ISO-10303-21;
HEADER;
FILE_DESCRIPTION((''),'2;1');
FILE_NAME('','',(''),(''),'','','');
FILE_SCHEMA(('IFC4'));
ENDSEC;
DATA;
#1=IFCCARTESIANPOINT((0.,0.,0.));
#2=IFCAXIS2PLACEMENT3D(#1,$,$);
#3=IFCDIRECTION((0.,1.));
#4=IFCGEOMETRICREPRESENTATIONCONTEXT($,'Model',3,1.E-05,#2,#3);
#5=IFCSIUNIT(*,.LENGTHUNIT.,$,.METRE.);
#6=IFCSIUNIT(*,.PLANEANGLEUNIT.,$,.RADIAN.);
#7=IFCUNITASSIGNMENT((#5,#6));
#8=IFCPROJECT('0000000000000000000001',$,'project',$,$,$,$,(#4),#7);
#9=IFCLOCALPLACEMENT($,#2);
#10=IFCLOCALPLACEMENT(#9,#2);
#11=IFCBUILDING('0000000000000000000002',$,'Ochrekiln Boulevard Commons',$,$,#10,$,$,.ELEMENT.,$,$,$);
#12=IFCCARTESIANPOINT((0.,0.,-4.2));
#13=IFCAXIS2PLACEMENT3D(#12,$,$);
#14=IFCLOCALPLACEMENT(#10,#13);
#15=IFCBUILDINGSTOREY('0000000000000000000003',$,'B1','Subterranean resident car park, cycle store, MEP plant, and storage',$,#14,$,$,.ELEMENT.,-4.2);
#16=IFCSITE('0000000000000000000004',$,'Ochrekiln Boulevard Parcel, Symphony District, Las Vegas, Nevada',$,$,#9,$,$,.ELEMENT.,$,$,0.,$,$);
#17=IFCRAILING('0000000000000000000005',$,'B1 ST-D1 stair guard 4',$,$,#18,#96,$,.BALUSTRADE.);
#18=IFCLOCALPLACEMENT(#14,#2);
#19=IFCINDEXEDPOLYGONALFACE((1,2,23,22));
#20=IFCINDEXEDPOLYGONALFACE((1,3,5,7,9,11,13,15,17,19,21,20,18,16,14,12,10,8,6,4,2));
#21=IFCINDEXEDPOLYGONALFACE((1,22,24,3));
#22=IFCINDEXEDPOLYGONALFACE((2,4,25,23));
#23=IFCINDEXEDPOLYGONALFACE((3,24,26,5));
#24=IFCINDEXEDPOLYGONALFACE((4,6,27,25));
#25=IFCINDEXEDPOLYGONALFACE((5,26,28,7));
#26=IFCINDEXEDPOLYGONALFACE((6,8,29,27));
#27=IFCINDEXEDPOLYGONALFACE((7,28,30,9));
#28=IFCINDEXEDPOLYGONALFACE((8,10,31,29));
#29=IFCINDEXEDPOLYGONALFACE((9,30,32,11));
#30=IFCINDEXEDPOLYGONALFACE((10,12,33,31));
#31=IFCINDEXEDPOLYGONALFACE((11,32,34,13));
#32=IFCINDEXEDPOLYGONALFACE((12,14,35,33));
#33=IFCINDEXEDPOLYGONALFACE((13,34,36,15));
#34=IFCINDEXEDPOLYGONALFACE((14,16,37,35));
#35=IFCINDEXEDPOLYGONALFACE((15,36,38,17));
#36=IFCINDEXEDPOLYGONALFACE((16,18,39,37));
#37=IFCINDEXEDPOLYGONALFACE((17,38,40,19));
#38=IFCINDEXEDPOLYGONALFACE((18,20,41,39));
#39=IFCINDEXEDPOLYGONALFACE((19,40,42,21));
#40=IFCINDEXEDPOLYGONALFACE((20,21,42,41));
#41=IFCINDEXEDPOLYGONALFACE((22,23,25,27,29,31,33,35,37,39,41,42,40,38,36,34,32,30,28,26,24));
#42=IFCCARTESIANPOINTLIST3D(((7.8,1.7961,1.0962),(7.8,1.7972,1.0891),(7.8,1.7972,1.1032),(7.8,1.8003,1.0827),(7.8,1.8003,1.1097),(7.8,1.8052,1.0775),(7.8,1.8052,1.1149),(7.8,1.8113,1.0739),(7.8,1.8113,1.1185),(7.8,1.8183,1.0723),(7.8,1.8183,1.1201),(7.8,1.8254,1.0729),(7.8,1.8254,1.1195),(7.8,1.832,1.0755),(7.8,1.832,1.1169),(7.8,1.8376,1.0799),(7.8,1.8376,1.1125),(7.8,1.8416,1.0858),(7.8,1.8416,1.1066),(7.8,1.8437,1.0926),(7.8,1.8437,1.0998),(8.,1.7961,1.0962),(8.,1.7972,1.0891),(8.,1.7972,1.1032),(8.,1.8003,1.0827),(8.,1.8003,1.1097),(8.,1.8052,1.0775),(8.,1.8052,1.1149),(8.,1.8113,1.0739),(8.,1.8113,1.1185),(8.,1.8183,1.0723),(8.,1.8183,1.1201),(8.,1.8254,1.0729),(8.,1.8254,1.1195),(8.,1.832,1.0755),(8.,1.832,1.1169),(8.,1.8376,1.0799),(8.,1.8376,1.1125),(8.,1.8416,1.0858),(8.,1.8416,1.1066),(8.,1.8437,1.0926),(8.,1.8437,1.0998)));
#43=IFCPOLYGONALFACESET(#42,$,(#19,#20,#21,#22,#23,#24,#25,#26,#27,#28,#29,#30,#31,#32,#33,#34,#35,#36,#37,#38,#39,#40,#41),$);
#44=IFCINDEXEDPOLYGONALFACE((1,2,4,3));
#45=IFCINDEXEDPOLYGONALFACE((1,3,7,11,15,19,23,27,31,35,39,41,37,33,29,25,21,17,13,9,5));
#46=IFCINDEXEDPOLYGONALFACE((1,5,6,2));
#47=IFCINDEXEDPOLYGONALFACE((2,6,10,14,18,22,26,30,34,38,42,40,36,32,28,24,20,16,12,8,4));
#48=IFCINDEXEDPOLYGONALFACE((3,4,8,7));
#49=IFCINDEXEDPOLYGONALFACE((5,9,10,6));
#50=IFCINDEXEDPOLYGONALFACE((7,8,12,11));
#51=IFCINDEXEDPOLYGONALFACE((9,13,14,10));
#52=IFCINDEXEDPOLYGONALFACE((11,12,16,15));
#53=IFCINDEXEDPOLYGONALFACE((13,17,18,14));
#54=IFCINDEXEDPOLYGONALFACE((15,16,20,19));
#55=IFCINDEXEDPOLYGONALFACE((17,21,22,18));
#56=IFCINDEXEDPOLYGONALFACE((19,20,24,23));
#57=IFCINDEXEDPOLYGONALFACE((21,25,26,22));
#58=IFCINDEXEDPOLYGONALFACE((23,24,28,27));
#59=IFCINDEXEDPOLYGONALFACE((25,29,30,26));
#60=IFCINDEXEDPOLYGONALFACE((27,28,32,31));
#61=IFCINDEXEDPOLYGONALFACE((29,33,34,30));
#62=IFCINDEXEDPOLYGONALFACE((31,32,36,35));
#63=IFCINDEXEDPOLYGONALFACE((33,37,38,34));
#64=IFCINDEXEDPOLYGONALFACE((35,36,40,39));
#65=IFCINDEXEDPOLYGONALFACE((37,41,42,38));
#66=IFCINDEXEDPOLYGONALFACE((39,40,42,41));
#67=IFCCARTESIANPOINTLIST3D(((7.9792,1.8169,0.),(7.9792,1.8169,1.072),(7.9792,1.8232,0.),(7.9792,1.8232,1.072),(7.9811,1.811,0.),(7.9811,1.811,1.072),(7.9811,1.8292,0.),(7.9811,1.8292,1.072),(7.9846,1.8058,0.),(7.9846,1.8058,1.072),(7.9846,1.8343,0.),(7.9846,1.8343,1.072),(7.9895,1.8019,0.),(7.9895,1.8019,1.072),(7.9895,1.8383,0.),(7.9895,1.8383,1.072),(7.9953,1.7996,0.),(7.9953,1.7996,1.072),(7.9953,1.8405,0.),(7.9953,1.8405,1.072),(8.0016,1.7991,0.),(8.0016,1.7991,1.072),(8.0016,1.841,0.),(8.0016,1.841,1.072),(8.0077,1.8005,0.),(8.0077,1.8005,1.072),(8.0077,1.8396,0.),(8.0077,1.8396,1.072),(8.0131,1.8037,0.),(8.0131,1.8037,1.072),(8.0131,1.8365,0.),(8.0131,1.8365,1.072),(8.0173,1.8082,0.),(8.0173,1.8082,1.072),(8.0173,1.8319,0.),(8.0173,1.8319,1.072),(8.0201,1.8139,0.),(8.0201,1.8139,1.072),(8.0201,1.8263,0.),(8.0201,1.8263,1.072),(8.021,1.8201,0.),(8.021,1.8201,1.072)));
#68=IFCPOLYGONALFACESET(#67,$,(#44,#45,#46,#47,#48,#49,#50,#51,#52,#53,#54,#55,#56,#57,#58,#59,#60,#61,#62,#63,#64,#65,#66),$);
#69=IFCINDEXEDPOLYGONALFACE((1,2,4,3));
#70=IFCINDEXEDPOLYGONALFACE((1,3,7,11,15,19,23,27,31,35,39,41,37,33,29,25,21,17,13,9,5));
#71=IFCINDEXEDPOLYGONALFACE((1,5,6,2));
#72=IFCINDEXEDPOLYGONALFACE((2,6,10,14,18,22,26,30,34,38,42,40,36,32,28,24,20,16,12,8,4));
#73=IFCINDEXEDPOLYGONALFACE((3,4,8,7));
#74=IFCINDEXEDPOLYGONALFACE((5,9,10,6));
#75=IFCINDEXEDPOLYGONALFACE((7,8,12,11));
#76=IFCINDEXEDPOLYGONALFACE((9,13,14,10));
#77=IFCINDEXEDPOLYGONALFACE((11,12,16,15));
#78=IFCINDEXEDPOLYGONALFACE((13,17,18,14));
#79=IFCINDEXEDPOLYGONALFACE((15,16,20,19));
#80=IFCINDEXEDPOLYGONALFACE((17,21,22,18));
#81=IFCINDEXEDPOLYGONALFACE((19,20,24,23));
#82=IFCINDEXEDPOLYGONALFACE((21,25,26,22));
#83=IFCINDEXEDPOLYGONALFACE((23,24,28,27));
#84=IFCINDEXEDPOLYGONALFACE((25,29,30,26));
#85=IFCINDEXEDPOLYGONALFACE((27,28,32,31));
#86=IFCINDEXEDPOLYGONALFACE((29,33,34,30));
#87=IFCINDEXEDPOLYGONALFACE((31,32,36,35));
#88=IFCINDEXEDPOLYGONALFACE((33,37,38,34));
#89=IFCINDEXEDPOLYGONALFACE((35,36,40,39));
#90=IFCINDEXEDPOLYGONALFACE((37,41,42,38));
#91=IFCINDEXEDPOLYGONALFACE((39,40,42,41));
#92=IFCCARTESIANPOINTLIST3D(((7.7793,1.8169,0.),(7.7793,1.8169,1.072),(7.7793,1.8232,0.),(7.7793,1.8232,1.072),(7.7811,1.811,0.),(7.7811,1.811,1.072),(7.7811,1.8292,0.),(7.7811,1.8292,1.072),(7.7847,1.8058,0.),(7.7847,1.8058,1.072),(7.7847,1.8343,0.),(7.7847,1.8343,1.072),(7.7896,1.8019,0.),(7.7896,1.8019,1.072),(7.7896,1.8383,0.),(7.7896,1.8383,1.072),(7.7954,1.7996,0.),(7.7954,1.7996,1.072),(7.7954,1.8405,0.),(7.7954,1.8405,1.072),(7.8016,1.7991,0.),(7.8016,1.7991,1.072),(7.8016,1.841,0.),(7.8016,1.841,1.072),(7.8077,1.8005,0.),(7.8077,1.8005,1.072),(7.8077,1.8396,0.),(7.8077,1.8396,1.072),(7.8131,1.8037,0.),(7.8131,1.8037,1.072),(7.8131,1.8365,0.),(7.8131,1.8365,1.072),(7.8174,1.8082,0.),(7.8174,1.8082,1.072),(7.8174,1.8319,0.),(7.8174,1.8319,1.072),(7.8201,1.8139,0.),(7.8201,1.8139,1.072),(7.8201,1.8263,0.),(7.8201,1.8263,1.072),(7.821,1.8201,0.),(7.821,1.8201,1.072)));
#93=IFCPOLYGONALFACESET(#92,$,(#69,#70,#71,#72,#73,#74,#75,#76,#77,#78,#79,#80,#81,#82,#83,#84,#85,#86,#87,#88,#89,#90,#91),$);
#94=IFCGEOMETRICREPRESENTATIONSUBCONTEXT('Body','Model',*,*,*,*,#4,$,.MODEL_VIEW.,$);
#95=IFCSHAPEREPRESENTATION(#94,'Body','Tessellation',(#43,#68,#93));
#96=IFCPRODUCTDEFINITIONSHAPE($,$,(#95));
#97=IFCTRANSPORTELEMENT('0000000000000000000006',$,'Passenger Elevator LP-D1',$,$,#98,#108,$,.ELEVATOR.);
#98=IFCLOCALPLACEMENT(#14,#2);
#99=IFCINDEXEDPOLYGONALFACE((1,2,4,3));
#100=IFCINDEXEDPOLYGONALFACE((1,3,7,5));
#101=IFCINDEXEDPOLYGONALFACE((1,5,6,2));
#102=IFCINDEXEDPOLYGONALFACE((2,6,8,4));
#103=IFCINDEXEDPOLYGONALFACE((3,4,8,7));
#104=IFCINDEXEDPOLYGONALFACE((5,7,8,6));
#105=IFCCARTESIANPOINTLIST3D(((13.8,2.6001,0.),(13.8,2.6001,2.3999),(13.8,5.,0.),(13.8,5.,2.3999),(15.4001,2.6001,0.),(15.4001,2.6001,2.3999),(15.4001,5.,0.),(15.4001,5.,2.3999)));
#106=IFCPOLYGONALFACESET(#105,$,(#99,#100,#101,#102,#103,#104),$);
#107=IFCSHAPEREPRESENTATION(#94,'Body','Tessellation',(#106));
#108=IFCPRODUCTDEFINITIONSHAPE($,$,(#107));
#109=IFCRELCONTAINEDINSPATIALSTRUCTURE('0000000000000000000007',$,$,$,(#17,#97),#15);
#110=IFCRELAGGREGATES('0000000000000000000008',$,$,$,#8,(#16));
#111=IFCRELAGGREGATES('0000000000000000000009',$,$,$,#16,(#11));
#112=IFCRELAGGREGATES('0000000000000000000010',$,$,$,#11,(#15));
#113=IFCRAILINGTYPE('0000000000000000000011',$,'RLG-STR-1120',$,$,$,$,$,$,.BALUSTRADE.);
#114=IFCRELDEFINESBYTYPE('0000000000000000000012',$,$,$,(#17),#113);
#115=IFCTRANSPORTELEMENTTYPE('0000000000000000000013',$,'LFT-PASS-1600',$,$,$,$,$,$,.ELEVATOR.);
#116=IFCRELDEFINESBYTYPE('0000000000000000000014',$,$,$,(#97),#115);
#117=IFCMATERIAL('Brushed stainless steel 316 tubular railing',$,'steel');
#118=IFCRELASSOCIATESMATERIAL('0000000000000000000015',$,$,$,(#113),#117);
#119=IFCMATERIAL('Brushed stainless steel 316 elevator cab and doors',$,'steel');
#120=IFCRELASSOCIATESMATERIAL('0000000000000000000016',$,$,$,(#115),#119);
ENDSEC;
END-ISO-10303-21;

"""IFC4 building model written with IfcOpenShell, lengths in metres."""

from ifc_helpers import new_model, si_unit, direction, frame, origin, origin_2d, place, context, subcontext, project, spatial, rectangle, circle, extrude, material, type_object, element, save


model = new_model("IFC4")

# Units and contexts
model_context = context("Model", 3, precision=1e-05, world=origin(), true_north=direction((0.0, 1.0)))
body_context = subcontext(model_context, "Body", "Model", "MODEL_VIEW")
ifc_project = project(units=[si_unit("LENGTHUNIT", "METRE"), si_unit("PLANEANGLEUNIT", "RADIAN")], contexts=[model_context])

# Site, building, storey
site_placement = place(None, origin())
site = spatial("IfcSite", under=ifc_project, at=site_placement, Name="Ochrekiln Boulevard Parcel, Symphony District, Las Vegas, Nevada", CompositionType="ELEMENT", RefElevation=0.0)
building_placement = place(site_placement, origin())
building = spatial("IfcBuilding", under=site, at=building_placement, Name="Ochrekiln Boulevard Commons", CompositionType="ELEMENT")
storey_placement = place(building_placement, frame((0.0, 0.0, -4.2)))
storey = spatial("IfcBuildingStorey", under=building, at=storey_placement, Name="B1", Description="Subterranean resident car park, cycle store, MEP plant, and storage", CompositionType="ELEMENT", Elevation=-4.2)

# Shared definitions
ifc_material_1 = material(Name="Brushed stainless steel 316 elevator cab and doors", Category="steel")

# Railing
ifc_material_2 = material(Name="Brushed stainless steel 316 tubular railing", Category="steel")
railing_type_1 = type_object("IfcRailingType", Name="RLG-STR-1120", PredefinedType="BALUSTRADE", material=ifc_material_2)
railing_1_placement = place(storey_placement, frame((8.0, 1.8201, 0.0)))
element("IfcRailing", 1, at=railing_1_placement, inside=storey, type_object=railing_type_1, Name="B1 ST-D1 stair guard 4", PredefinedType="BALUSTRADE", context=body_context, shape_type="SweptSolid", body=[
    extrude(circle(Radius=0.0239, at=origin_2d()), frame((0.0, 0.0, 1.0962), z_axis=(-1.0, 0.0, 0.0), x_axis=(0.0, -1.0, 0.0)), (0.0, 0.0, 1.0), 0.2),
    extrude(circle(Radius=0.021, at=origin_2d()), origin(), (0.0, 0.0, 1.0), 1.072),
    extrude(circle(Radius=0.021, at=origin_2d()), frame((-0.2, 0.0, 0.0)), (0.0, 0.0, 1.0), 1.072),
])

# Transport element
transport_element_type = type_object("IfcTransportElementType", Name="LFT-PASS-1600", PredefinedType="ELEVATOR", material=ifc_material_1)
transport_element_placement = place(storey_placement, frame((14.6001, 3.8, 0.0), z_axis=(0.0, 0.0, 1.0), x_axis=(1.0, 0.0, 0.0)))
element("IfcTransportElement", 2, at=transport_element_placement, inside=storey, type_object=transport_element_type, Name="Passenger Elevator LP-D1", PredefinedType="ELEVATOR", context=body_context, shape_type="SweptSolid", body=[
    extrude(rectangle(XDim=1.6001, YDim=2.3999, at=origin_2d()), origin(), (0.0, 0.0, 1.0), 2.3999),
])

save(model, "model.ifc")
